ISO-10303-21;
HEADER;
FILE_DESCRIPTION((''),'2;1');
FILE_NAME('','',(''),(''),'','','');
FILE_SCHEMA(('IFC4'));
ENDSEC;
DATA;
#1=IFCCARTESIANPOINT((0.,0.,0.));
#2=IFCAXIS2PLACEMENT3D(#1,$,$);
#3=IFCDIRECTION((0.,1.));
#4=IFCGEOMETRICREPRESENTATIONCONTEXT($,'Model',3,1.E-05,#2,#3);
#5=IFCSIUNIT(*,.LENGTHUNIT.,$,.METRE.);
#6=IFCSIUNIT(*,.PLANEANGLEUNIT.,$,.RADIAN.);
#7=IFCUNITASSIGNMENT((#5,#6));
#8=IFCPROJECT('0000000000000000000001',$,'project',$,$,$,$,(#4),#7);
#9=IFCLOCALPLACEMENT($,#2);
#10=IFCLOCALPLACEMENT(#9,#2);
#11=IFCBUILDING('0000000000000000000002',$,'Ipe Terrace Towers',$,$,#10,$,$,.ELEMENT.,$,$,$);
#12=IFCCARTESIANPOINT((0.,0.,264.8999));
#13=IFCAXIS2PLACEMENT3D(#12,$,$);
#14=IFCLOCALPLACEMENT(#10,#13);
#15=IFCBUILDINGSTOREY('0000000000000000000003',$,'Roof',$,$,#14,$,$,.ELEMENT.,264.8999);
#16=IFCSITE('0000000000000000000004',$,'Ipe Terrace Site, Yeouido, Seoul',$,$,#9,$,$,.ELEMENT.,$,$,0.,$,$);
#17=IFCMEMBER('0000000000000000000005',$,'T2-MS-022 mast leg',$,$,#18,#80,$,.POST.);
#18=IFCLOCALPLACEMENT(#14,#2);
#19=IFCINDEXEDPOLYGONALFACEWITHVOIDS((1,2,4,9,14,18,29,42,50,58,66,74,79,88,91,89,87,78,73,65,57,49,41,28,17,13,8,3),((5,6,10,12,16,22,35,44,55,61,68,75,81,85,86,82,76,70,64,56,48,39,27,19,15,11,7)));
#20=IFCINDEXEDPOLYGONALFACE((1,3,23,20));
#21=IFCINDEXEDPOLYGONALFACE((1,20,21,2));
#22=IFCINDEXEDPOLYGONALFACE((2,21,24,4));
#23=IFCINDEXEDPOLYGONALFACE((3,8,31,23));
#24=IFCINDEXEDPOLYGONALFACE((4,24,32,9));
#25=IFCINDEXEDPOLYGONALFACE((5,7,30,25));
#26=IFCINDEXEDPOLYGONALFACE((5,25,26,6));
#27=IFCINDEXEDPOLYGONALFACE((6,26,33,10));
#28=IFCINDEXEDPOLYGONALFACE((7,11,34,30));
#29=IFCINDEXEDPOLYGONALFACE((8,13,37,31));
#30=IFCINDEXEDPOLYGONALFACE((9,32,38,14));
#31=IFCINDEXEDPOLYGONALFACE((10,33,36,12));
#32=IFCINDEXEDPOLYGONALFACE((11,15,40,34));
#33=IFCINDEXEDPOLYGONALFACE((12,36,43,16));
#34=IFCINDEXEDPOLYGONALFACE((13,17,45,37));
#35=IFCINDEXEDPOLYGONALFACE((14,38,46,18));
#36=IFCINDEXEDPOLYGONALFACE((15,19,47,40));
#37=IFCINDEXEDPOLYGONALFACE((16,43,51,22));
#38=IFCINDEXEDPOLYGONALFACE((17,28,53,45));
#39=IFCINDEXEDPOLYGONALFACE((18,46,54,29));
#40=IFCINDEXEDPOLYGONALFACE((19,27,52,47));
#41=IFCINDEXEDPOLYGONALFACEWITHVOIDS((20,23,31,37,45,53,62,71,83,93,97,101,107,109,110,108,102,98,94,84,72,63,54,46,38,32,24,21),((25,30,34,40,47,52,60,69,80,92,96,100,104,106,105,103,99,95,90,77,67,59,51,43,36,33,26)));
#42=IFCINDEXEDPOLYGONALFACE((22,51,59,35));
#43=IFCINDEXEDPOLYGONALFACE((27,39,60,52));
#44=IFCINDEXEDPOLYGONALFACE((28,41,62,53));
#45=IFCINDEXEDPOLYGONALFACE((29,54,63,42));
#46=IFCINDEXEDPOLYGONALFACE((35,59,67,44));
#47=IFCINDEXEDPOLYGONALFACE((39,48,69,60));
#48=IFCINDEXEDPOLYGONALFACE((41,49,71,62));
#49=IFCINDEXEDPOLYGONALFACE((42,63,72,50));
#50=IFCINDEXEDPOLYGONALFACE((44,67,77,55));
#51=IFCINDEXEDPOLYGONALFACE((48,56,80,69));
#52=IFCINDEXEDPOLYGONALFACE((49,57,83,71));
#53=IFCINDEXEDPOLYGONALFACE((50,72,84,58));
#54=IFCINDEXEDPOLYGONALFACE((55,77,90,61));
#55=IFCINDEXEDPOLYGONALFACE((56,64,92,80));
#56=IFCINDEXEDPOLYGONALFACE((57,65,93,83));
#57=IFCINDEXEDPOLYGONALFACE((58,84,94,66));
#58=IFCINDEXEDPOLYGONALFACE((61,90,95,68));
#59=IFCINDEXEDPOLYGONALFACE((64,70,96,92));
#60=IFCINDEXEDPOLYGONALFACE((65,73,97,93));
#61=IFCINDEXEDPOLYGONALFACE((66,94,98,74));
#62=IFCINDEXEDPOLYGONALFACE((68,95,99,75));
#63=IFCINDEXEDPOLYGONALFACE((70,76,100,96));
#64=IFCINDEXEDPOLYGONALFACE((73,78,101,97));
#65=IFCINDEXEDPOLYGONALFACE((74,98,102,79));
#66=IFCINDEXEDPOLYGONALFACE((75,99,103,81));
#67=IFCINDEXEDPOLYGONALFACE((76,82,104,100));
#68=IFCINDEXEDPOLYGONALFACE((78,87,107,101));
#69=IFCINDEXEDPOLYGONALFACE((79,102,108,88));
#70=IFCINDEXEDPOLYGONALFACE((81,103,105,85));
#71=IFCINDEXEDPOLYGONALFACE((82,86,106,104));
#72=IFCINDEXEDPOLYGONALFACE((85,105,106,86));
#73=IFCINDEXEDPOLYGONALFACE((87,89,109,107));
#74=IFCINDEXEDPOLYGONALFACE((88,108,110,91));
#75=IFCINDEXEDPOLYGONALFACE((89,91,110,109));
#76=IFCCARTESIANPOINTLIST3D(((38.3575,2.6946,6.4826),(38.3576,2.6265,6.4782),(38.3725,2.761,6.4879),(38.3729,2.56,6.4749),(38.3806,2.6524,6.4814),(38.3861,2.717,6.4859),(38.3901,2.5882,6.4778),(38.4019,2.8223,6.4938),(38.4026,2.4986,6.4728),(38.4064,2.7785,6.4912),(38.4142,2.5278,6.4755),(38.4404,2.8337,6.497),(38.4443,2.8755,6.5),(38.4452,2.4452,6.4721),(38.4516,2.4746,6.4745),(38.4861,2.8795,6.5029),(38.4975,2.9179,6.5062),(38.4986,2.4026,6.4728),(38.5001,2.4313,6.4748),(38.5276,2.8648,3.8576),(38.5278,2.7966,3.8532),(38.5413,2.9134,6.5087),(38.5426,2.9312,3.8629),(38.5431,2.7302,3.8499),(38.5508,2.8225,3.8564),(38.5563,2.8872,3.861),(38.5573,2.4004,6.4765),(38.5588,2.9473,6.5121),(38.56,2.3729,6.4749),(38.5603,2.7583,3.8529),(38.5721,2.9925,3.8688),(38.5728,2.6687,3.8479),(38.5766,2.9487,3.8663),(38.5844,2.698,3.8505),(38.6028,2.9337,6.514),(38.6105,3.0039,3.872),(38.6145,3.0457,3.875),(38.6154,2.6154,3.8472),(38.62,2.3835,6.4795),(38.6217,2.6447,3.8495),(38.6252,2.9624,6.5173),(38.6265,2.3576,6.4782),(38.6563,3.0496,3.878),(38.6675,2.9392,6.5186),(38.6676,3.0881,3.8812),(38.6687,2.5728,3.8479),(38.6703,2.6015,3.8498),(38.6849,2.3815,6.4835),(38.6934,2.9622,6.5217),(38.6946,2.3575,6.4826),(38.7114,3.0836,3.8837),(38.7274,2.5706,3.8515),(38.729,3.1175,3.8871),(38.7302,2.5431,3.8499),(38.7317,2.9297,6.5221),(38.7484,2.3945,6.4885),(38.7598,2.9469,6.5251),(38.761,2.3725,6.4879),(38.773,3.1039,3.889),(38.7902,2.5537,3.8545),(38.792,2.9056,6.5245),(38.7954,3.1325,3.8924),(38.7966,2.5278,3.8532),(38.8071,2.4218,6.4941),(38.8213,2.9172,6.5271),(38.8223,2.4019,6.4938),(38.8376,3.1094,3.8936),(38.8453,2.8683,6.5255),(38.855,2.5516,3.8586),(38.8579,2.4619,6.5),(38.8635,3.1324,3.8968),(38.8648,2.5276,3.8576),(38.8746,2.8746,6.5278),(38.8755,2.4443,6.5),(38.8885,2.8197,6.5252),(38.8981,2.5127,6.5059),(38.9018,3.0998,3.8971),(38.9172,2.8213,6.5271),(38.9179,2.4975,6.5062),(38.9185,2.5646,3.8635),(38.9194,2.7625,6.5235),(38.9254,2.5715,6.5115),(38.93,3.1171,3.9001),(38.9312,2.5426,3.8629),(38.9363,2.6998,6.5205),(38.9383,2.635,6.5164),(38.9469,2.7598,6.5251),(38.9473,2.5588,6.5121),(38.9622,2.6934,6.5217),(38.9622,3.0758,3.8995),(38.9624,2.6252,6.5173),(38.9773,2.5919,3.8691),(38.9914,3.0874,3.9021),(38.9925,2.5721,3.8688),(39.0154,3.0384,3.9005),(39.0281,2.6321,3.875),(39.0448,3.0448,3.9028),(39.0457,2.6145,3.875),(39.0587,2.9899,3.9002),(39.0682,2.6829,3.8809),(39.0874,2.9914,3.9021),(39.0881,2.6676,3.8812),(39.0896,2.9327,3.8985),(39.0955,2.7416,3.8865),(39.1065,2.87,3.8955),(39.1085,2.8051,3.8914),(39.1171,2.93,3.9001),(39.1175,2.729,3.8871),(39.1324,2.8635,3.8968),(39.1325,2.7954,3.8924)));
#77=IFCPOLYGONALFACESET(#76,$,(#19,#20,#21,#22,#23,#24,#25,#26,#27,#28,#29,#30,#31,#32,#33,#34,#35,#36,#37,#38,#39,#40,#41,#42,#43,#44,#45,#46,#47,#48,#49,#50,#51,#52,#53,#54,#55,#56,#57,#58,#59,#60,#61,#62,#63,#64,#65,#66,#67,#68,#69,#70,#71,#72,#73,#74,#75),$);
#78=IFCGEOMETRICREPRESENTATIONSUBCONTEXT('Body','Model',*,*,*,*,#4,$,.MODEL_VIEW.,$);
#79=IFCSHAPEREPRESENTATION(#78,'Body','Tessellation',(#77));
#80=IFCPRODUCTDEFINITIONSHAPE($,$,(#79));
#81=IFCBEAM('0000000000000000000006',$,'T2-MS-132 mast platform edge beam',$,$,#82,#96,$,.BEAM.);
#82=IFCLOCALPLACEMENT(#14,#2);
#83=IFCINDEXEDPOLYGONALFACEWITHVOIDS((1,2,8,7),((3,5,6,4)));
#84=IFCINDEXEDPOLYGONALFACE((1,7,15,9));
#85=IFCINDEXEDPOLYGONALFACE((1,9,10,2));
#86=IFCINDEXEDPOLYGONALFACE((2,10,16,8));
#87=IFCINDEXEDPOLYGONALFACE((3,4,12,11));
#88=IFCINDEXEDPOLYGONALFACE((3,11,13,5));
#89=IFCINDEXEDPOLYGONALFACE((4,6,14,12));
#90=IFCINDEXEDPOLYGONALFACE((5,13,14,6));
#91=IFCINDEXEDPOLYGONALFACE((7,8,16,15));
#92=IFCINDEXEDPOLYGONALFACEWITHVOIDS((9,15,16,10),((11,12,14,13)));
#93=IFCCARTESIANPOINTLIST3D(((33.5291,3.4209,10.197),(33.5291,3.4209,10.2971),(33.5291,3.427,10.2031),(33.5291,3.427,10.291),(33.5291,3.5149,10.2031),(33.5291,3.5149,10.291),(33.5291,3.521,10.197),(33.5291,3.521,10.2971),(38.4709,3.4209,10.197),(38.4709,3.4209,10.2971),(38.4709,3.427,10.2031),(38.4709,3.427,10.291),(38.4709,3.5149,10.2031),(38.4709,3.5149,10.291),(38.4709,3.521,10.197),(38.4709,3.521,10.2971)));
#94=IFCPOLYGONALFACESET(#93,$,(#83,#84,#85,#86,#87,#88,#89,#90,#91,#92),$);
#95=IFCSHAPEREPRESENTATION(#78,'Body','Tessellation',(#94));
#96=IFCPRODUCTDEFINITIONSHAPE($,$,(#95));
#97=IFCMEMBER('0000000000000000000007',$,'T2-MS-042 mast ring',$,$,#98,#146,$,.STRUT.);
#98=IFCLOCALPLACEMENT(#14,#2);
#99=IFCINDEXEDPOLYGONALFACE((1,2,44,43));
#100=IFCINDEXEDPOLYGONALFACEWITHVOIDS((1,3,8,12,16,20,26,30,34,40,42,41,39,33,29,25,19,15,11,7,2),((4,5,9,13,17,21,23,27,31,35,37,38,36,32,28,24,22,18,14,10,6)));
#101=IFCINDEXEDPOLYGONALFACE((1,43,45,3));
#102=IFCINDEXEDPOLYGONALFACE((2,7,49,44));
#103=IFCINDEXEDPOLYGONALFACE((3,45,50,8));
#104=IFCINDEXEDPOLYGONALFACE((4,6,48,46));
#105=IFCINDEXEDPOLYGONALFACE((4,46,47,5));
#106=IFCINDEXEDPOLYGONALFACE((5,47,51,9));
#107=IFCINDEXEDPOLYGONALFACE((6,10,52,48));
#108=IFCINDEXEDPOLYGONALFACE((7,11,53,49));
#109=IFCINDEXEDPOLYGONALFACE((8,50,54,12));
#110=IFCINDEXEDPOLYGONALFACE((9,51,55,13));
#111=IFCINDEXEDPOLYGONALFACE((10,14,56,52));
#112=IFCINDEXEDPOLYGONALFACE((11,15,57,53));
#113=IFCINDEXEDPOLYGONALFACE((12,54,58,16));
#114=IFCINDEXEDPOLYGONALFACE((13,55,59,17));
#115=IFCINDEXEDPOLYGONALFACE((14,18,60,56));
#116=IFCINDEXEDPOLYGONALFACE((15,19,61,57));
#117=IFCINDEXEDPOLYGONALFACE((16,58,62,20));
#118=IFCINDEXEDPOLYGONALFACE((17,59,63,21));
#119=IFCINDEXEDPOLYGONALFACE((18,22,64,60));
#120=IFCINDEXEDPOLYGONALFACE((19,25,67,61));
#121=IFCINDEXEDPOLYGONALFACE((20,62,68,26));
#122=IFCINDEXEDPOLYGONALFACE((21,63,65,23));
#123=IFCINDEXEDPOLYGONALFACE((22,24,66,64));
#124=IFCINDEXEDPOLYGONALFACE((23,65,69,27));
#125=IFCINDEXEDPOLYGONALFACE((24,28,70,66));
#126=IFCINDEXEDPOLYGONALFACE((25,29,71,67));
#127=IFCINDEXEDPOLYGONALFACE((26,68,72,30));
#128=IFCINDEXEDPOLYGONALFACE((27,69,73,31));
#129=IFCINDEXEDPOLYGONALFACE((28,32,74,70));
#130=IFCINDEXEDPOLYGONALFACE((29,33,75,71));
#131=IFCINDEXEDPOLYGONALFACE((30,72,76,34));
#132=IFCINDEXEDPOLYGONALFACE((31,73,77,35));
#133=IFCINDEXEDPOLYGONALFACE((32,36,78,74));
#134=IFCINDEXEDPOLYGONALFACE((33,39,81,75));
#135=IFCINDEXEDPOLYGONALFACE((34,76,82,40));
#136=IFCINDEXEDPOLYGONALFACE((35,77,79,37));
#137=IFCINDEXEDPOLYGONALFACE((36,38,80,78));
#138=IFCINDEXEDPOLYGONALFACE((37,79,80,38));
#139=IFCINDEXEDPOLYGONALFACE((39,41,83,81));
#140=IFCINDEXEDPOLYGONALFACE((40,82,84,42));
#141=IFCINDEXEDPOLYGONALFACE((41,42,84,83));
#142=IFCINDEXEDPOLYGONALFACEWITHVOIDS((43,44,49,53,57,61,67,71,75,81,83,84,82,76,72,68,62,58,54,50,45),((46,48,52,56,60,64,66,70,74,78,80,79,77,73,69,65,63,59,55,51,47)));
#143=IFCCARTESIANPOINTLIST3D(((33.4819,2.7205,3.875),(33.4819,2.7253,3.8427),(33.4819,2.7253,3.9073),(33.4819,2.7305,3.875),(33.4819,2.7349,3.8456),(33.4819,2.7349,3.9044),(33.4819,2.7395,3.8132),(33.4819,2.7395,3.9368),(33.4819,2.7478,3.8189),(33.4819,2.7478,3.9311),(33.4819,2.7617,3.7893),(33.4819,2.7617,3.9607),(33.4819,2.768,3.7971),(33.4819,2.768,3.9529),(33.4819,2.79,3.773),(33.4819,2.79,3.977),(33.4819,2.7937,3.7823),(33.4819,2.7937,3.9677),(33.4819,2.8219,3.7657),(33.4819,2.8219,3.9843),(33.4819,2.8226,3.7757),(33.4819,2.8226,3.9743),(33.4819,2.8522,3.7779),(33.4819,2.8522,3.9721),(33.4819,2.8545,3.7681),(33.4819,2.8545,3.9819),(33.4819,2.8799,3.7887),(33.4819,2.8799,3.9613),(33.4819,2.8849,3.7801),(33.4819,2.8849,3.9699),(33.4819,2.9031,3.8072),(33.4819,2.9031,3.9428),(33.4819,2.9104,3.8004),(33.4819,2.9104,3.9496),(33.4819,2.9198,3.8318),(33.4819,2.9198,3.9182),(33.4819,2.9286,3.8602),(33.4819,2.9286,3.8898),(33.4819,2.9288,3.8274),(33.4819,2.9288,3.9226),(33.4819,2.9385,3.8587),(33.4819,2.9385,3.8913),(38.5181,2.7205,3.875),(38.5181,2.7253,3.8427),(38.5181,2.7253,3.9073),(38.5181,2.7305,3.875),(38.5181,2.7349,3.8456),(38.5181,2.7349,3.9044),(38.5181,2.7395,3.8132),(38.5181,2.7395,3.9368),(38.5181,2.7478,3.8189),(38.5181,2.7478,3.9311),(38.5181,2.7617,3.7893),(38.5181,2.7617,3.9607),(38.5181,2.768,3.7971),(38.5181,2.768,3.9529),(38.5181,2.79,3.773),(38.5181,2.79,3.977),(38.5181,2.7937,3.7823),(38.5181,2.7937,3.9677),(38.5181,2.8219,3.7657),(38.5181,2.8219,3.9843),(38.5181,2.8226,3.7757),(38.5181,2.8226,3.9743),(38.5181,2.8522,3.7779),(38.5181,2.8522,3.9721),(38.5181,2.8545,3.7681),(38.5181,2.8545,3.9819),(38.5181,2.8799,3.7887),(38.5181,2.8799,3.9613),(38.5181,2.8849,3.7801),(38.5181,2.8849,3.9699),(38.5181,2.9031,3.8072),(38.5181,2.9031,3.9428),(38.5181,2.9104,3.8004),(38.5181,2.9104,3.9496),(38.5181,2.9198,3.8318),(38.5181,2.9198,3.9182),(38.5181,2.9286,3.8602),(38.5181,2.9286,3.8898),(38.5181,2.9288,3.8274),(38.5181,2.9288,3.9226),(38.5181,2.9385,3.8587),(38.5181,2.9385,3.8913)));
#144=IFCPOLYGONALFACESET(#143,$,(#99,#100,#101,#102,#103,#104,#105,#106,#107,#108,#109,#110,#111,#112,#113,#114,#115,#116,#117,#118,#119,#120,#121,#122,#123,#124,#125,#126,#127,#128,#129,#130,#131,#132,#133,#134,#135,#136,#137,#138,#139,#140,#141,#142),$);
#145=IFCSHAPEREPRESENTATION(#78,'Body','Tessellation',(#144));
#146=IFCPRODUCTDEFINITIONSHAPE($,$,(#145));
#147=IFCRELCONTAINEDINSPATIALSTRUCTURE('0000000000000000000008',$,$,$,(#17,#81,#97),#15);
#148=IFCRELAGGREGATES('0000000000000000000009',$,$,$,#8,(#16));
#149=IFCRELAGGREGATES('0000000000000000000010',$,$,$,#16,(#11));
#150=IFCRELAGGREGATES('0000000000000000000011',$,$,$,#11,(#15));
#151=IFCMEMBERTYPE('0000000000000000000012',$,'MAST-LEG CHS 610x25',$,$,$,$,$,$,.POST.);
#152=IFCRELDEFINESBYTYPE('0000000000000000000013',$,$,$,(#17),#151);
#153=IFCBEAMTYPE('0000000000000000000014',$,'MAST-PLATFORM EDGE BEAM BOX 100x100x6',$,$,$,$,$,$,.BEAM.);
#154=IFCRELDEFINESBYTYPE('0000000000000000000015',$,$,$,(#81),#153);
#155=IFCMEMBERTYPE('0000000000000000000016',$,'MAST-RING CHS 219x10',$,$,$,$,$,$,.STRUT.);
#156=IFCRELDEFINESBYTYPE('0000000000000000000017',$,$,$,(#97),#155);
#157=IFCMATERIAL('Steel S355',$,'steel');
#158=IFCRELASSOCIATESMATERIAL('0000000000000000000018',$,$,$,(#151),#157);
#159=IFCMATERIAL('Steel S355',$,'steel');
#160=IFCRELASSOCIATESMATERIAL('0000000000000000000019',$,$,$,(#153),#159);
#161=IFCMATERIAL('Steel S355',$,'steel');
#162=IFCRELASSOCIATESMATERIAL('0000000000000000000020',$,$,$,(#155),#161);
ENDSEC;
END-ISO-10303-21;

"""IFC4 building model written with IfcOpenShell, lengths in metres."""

from ifc_helpers import new_model, si_unit, direction, frame, origin, origin_2d, place, context, subcontext, project, spatial, hollow_rectangle, hollow_circle, extrude, material, material_profile, profile_set, type_object, element, save


model = new_model("IFC4")

# Units and contexts
model_context = context("Model", 3, precision=1e-05, world=origin(), true_north=direction((0.0, 1.0)))
body_context = subcontext(model_context, "Body", "Model", "MODEL_VIEW")
ifc_project = project(units=[si_unit("LENGTHUNIT", "METRE"), si_unit("PLANEANGLEUNIT", "RADIAN")], contexts=[model_context])

# Site, building, storey
site_placement = place(None, origin())
site = spatial("IfcSite", under=ifc_project, at=site_placement, Name="Ipe Terrace Site, Yeouido, Seoul", CompositionType="ELEMENT", RefElevation=0.0)
building_placement = place(site_placement, origin())
building = spatial("IfcBuilding", under=site, at=building_placement, Name="Ipe Terrace Towers", CompositionType="ELEMENT")
storey_placement = place(building_placement, frame((0.0, 0.0, 264.8999)))
storey = spatial("IfcBuildingStorey", under=building, at=storey_placement, Name="Roof", CompositionType="ELEMENT", Elevation=264.8999)

# Member
ifc_material_1 = material(Name="Steel S355", Category="steel")
ifc_material_profile_1 = material_profile(ifc_material_1, hollow_circle(Radius=0.3049, WallThickness=0.0249, at=origin_2d()), Name="MAST-LEG CHS 610x25")
ifc_profile_set_1 = profile_set([ifc_material_profile_1], Name="Steel S355")
member_type_1 = type_object("IfcMemberType", Name="MAST-LEG CHS 610x25", PredefinedType="POST", material=ifc_profile_set_1)
member_1_placement = place(storey_placement, frame((38.8301, 2.8301, 3.875), z_axis=(-0.064554, -0.064554, 0.995824), x_axis=(0.707107, -0.707107, 0.0)))
element("IfcMember", 1, at=member_1_placement, inside=storey, type_object=member_type_1, Name="T2-MS-022 mast leg", PredefinedType="POST", context=body_context, shape_type="SweptSolid", body=[
    extrude(hollow_circle(Radius=0.3049, WallThickness=0.0249, at=origin_2d()), origin(), (0.0, 0.0, 1.0), 2.636),
])

# Beam
ifc_material_2 = material(Name="Steel S355", Category="steel")
ifc_material_profile_2 = material_profile(ifc_material_2, hollow_rectangle(XDim=0.1001, YDim=0.1001, WallThickness=0.0061, at=origin_2d()), Name="MAST-PLATFORM EDGE BEAM BOX 100x100x6")
ifc_profile_set_2 = profile_set([ifc_material_profile_2], Name="Steel S355")
beam_type_1 = type_object("IfcBeamType", Name="MAST-PLATFORM EDGE BEAM BOX 100x100x6", PredefinedType="BEAM", material=ifc_profile_set_2)
beam_1_placement = place(storey_placement, frame((38.4709, 3.4709, 10.2471), z_axis=(-1.0, 0.0, 0.0), x_axis=(0.0, -1.0, 0.0)))
element("IfcBeam", 2, at=beam_1_placement, inside=storey, type_object=beam_type_1, Name="T2-MS-132 mast platform edge beam", PredefinedType="BEAM", context=body_context, shape_type="SweptSolid", body=[
    extrude(hollow_rectangle(XDim=0.1001, YDim=0.1001, WallThickness=0.0061, at=origin_2d()), origin(), (0.0, 0.0, 1.0), 4.9419),
])

# Member
ifc_material_3 = material(Name="Steel S355", Category="steel")
ifc_material_profile_3 = material_profile(ifc_material_3, hollow_circle(Radius=0.1096, WallThickness=0.01, at=origin_2d()), Name="MAST-RING CHS 219x10")
ifc_profile_set_3 = profile_set([ifc_material_profile_3], Name="Steel S355")
member_type_2 = type_object("IfcMemberType", Name="MAST-RING CHS 219x10", PredefinedType="STRUT", material=ifc_profile_set_3)
member_2_placement = place(storey_placement, frame((38.5181, 2.8301, 3.875), z_axis=(-1.0, 0.0, 0.0), x_axis=(0.0, -1.0, 0.0)))
element("IfcMember", 3, at=member_2_placement, inside=storey, type_object=member_type_2, Name="T2-MS-042 mast ring", PredefinedType="STRUT", context=body_context, shape_type="SweptSolid", body=[
    extrude(hollow_circle(Radius=0.1096, WallThickness=0.01, at=origin_2d()), origin(), (0.0, 0.0, 1.0), 5.0361),
])

save(model, "model.ifc")
